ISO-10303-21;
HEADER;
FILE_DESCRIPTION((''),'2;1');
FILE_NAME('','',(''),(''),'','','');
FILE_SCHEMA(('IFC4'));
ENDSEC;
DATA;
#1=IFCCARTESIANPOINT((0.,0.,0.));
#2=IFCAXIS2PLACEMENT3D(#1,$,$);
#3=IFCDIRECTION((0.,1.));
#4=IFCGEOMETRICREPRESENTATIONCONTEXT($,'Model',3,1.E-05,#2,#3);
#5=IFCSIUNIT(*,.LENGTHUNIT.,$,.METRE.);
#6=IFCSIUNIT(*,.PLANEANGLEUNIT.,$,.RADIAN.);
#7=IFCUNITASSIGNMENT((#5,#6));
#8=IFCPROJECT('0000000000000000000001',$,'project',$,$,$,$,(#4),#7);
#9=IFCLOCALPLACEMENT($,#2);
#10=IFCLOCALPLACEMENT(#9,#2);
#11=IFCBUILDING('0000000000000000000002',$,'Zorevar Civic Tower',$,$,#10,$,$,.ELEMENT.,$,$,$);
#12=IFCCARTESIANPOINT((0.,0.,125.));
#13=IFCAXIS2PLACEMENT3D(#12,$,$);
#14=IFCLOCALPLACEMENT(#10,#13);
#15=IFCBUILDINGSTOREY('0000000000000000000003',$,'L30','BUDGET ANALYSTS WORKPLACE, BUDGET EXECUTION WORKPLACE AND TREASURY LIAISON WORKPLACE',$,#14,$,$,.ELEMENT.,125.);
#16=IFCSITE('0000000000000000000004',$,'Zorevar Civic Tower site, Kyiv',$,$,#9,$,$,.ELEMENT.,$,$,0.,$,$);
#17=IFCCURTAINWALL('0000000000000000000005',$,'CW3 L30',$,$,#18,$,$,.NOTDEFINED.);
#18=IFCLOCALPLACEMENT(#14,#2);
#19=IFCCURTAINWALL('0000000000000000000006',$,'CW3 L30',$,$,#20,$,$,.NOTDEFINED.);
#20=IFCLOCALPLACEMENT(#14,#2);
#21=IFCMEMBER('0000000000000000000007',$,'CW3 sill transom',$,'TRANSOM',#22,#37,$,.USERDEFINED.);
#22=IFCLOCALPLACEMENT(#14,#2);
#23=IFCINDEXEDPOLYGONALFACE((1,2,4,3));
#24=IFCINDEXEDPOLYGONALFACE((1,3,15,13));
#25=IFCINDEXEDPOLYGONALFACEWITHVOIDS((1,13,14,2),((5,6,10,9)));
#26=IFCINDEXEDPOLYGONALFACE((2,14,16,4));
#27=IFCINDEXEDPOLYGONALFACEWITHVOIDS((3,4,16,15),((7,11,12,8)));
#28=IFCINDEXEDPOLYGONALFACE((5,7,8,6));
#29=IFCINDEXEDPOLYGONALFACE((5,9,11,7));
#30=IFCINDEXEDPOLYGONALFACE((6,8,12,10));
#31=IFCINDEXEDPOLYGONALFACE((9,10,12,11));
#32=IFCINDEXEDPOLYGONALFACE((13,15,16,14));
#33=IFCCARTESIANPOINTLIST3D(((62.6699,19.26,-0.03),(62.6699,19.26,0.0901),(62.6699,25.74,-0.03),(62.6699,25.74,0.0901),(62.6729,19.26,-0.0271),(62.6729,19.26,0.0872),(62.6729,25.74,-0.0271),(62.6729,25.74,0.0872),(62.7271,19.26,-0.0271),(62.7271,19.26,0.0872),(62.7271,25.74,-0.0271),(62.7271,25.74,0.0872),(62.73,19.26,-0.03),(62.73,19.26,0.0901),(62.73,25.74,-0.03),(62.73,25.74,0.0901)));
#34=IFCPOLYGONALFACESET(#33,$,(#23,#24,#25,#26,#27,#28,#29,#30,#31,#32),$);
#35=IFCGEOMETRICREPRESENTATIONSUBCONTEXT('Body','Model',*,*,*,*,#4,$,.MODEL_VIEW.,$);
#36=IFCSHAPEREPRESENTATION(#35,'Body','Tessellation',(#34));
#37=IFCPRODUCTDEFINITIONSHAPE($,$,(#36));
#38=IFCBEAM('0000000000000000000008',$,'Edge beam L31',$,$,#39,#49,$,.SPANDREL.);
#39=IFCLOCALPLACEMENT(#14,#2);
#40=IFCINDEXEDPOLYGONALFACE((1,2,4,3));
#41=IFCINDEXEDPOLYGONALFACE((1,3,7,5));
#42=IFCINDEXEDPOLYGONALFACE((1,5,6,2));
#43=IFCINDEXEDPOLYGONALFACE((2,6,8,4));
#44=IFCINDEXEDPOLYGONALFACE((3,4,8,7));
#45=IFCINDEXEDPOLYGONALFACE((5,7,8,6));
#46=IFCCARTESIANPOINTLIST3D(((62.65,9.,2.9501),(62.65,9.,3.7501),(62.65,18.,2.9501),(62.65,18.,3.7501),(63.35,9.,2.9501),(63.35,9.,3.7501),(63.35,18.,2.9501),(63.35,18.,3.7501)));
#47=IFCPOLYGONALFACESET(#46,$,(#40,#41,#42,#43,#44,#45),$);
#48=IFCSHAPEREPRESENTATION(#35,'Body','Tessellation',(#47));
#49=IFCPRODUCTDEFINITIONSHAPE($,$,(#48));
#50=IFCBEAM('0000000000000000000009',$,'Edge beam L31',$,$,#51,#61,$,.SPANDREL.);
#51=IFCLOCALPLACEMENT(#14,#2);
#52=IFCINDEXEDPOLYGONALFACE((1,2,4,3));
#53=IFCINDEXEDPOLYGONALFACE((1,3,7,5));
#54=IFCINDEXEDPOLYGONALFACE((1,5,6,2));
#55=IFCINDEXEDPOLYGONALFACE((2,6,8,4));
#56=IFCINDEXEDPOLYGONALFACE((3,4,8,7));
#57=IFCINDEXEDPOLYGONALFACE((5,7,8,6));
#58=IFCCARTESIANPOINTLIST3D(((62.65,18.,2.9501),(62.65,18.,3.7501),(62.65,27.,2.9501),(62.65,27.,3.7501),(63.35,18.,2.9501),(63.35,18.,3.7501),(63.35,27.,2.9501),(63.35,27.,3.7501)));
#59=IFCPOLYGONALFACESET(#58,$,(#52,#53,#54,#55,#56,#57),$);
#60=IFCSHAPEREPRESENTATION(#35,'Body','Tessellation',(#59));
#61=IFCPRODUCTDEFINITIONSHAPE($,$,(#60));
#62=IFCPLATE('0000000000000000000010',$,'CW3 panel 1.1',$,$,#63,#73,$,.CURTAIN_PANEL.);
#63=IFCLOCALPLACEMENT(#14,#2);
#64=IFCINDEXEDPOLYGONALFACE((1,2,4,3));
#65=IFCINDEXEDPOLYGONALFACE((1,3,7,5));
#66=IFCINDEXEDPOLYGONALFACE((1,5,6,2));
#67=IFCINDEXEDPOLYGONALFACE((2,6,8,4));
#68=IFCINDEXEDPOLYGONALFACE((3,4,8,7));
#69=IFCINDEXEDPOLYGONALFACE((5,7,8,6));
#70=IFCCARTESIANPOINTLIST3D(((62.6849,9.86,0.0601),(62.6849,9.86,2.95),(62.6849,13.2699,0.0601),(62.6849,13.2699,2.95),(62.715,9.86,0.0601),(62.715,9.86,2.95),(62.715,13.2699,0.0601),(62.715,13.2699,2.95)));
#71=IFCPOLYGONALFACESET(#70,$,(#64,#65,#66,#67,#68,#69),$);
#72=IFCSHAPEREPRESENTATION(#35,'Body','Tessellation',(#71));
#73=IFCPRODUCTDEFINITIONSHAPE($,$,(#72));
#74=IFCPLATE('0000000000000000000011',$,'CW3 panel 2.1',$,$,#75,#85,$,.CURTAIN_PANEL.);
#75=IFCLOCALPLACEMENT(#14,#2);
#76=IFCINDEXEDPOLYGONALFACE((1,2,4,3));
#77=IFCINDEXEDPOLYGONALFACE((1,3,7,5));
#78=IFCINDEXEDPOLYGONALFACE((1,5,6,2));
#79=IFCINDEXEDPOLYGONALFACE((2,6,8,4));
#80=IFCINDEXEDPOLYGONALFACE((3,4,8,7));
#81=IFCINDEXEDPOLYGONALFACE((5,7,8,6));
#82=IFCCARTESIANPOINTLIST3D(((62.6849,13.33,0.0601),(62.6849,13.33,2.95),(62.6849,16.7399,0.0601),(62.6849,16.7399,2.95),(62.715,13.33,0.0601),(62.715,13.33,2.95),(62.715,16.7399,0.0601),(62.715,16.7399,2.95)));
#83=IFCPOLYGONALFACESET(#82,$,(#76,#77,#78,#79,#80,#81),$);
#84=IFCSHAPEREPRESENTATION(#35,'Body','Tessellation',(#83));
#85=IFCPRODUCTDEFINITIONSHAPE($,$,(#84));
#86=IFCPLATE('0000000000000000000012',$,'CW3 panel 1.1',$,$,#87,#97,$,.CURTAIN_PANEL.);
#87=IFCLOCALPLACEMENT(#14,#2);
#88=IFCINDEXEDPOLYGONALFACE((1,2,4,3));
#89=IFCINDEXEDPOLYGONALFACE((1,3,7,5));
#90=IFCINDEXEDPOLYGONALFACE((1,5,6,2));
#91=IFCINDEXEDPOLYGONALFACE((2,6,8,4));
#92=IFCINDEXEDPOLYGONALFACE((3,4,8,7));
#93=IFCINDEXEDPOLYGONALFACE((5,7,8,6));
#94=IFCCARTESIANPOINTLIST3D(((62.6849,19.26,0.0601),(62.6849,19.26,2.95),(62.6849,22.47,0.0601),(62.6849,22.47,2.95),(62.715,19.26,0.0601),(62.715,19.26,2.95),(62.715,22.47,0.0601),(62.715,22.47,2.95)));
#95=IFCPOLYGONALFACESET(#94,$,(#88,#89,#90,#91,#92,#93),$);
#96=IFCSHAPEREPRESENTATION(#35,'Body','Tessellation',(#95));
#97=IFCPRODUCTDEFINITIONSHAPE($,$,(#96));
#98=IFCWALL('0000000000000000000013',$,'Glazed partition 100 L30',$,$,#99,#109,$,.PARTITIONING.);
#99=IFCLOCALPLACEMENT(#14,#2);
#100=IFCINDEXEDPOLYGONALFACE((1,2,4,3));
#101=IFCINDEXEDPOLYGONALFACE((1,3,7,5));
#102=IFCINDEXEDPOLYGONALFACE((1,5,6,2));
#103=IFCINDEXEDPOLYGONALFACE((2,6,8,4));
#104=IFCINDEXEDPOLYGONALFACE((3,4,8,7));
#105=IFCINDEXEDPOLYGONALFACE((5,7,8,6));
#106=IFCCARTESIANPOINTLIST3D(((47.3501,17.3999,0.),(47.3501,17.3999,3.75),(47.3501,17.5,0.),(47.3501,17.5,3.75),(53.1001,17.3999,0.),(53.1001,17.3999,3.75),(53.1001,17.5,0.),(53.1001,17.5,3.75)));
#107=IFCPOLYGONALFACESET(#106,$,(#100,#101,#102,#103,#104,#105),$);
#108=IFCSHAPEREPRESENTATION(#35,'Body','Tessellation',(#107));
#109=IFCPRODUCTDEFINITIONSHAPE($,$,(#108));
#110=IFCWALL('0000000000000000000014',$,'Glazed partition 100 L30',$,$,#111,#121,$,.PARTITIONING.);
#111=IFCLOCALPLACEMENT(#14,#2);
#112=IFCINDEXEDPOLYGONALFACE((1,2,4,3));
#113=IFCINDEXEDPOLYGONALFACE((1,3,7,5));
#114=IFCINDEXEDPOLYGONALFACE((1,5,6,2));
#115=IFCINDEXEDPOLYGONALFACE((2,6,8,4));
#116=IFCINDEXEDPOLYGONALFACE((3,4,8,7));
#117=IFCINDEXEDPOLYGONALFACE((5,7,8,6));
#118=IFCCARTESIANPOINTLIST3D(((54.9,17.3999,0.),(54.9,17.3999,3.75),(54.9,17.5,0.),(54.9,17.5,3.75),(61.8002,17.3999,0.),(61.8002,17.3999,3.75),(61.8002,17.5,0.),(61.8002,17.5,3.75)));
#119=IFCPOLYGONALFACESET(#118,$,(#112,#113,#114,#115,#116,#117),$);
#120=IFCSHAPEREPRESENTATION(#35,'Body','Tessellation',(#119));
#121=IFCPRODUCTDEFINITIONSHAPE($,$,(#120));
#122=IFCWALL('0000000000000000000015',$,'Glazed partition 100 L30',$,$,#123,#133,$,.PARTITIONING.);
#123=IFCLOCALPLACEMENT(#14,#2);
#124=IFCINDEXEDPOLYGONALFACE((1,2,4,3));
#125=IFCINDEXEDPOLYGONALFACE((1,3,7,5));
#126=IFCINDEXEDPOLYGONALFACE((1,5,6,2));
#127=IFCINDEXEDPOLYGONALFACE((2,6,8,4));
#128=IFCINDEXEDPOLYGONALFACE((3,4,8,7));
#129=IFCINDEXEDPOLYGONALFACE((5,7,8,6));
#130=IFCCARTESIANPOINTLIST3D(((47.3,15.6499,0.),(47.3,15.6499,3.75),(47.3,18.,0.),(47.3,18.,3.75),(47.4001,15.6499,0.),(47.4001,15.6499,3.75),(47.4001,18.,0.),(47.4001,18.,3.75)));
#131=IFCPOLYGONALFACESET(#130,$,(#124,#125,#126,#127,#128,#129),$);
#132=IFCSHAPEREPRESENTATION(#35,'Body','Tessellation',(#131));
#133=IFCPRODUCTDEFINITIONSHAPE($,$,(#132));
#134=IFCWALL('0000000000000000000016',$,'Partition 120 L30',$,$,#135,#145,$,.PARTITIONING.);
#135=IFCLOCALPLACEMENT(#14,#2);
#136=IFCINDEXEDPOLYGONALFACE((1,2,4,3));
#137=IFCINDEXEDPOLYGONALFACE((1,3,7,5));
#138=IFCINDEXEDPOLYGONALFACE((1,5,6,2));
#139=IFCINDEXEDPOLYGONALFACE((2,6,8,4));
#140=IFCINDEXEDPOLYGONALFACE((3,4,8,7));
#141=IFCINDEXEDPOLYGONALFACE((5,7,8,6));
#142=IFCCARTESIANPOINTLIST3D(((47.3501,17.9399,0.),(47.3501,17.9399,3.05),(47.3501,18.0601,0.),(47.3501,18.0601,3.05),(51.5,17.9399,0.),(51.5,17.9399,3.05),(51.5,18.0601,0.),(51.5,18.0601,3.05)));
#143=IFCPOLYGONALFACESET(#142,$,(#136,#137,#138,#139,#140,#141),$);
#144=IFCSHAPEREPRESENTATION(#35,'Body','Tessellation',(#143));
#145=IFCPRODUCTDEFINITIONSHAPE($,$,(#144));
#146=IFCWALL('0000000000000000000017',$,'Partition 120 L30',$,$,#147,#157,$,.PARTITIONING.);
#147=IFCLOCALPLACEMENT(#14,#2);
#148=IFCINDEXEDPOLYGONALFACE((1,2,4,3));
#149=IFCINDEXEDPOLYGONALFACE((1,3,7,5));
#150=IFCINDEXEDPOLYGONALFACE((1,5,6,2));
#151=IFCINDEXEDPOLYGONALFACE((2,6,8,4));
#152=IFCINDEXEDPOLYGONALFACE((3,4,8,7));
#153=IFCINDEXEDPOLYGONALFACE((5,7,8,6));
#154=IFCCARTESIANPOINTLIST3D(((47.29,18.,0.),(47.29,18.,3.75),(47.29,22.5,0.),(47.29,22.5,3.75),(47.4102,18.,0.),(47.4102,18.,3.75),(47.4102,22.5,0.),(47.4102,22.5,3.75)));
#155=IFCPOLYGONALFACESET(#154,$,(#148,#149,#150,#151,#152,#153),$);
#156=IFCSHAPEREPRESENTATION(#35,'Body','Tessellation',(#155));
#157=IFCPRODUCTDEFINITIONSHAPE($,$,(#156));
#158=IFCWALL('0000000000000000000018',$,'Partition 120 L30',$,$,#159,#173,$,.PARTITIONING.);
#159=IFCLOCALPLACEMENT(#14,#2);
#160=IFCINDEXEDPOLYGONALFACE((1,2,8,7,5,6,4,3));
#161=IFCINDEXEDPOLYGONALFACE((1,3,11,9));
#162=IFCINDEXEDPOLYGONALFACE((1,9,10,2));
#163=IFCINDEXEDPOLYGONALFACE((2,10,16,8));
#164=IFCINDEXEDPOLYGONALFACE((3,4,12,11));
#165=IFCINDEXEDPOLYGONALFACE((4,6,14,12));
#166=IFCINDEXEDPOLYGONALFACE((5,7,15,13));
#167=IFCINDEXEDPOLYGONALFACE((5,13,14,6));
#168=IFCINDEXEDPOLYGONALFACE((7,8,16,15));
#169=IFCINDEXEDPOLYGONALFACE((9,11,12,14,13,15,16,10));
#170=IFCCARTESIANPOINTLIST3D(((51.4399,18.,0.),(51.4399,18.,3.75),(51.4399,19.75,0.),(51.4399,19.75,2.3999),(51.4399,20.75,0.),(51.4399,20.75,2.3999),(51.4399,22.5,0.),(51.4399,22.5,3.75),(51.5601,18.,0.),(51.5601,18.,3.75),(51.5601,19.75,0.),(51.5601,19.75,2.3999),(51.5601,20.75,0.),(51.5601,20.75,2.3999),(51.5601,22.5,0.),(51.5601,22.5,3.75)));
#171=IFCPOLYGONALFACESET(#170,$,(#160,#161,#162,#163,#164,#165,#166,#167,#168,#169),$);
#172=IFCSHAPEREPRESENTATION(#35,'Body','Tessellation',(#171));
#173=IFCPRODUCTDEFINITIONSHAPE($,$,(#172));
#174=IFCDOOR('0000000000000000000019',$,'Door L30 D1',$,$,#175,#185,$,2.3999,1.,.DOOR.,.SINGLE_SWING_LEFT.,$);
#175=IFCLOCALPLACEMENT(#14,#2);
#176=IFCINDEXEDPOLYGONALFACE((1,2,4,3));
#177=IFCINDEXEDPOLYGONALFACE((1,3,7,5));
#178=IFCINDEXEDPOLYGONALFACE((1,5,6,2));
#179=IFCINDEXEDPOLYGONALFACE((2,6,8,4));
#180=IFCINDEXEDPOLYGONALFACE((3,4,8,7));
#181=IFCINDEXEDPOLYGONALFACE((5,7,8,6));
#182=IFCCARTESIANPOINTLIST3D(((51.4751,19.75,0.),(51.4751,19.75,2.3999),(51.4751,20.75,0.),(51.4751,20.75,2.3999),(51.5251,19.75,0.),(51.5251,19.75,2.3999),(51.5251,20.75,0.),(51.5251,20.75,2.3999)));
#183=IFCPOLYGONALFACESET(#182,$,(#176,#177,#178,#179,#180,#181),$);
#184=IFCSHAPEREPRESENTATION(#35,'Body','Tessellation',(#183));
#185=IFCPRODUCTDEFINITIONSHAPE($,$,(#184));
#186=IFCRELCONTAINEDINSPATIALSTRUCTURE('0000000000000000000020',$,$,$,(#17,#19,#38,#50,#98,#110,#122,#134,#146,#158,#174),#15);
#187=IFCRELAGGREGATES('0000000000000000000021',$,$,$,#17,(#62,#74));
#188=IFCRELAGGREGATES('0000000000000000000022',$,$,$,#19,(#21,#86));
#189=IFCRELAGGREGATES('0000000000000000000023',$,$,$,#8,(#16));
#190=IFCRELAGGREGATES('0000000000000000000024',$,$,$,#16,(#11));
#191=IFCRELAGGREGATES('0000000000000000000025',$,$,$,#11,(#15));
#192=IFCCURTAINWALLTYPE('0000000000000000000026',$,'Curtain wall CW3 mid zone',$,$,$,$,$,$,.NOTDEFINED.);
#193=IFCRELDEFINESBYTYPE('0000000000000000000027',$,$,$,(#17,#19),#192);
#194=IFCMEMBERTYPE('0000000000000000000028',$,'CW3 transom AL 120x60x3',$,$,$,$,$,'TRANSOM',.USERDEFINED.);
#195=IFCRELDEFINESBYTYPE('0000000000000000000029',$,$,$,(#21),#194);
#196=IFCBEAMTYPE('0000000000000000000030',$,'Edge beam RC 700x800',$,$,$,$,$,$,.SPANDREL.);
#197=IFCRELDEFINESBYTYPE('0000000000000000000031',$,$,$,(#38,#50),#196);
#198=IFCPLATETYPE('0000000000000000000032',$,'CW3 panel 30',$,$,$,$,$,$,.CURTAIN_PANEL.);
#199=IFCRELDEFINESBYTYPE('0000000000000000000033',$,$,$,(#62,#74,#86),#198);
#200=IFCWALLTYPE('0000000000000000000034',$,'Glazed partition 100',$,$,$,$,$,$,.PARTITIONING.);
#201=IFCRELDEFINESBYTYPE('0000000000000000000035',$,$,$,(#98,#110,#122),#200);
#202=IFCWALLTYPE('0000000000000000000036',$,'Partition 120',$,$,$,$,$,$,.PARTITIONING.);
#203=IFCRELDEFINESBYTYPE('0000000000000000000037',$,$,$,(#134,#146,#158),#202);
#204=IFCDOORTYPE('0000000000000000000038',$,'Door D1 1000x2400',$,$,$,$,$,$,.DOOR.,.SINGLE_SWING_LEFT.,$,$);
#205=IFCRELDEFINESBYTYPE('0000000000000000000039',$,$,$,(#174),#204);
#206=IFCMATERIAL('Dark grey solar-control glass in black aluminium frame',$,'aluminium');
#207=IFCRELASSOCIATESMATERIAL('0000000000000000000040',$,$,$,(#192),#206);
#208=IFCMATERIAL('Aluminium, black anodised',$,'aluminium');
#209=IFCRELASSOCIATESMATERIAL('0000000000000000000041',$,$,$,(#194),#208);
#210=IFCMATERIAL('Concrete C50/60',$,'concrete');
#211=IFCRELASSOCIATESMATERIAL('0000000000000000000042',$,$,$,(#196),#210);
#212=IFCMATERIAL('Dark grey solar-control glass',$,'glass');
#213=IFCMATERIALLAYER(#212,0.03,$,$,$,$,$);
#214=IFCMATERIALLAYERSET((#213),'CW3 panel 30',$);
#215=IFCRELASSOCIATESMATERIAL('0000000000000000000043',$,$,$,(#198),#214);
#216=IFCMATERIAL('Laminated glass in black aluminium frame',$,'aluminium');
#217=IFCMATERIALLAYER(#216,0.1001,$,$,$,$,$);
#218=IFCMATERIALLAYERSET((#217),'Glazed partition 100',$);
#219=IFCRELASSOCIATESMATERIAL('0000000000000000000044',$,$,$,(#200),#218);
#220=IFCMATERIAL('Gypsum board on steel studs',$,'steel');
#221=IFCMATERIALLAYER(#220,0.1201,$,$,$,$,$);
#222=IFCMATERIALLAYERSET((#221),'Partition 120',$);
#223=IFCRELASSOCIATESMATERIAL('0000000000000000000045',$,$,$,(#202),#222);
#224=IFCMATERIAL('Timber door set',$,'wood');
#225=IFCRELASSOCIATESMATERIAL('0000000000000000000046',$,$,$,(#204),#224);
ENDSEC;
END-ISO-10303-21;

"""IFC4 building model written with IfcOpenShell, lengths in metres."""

from ifc_helpers import new_model, si_unit, direction, frame, frame_2d, origin, origin_2d, place, context, subcontext, project, spatial, rectangle, hollow_rectangle, extrude, material, layer, layer_set, material_profile, profile_set, type_object, element, fill, aggregate, save


model = new_model("IFC4")

# Units and contexts
model_context = context("Model", 3, precision=1e-05, world=origin(), true_north=direction((0.0, 1.0)))
body_context = subcontext(model_context, "Body", "Model", "MODEL_VIEW")
ifc_project = project(units=[si_unit("LENGTHUNIT", "METRE"), si_unit("PLANEANGLEUNIT", "RADIAN")], contexts=[model_context])

# Site, building, storey
site_placement = place(None, origin())
site = spatial("IfcSite", under=ifc_project, at=site_placement, Name="Zorevar Civic Tower site, Kyiv", CompositionType="ELEMENT", RefElevation=0.0)
building_placement = place(site_placement, origin())
building = spatial("IfcBuilding", under=site, at=building_placement, Name="Zorevar Civic Tower", CompositionType="ELEMENT")
storey_placement = place(building_placement, frame((0.0, 0.0, 125.0)))
storey = spatial("IfcBuildingStorey", under=building, at=storey_placement, Name="L30", Description="BUDGET ANALYSTS WORKPLACE, BUDGET EXECUTION WORKPLACE AND TREASURY LIAISON WORKPLACE", CompositionType="ELEMENT", Elevation=125.0)

# Curtain wall
ifc_material_1 = material(Name="Dark grey solar-control glass in black aluminium frame", Category="aluminium")
curtain_wall_type = type_object("IfcCurtainWallType", Name="Curtain wall CW3 mid zone", PredefinedType="NOTDEFINED", material=ifc_material_1)
curtain_wall_1_placement = place(storey_placement, origin())
curtain_wall_1 = element("IfcCurtainWall", 1, at=curtain_wall_1_placement, inside=storey, type_object=curtain_wall_type, Name="CW3 L30", PredefinedType="NOTDEFINED")

# Curtain wall
curtain_wall_2_placement = place(storey_placement, origin())
curtain_wall_2 = element("IfcCurtainWall", 2, at=curtain_wall_2_placement, inside=storey, type_object=curtain_wall_type, Name="CW3 L30", PredefinedType="NOTDEFINED")

# Member
ifc_material_2 = material(Name="Aluminium, black anodised", Category="aluminium")
ifc_material_profile_1 = material_profile(ifc_material_2, hollow_rectangle(XDim=0.0601, YDim=0.1201, WallThickness=0.0029, at=origin_2d()), Name="AL 120x60x3")
ifc_profile_set_1 = profile_set([ifc_material_profile_1], Name="Aluminium, black anodised")
member_type_1 = type_object("IfcMemberType", Name="CW3 transom AL 120x60x3", ElementType="TRANSOM", PredefinedType="USERDEFINED", material=ifc_profile_set_1)
member_1_placement = place(storey_placement, frame((62.7, 19.26, 0.03), z_axis=(0.0, 1.0, 0.0), x_axis=(-1.0, 0.0, 0.0)))
member_1 = element("IfcMember", 3, at=member_1_placement, type_object=member_type_1, Name="CW3 sill transom", ObjectType="TRANSOM", PredefinedType="USERDEFINED", context=body_context, shape_type="SweptSolid", body=[
    extrude(hollow_rectangle(XDim=0.0601, YDim=0.1201, WallThickness=0.0029, at=origin_2d()), origin(), (0.0, 0.0, 1.0), 6.48),
])

# Beams
ifc_material_3 = material(Name="Concrete C50/60", Category="concrete")
ifc_material_profile_2 = material_profile(ifc_material_3, rectangle(XDim=0.7, YDim=0.8, at=origin_2d()), Name="RC 700x800")
ifc_profile_set_2 = profile_set([ifc_material_profile_2], Name="Concrete C50/60")
beam_type_1 = type_object("IfcBeamType", Name="Edge beam RC 700x800", PredefinedType="SPANDREL", material=ifc_profile_set_2)
for number, where, z_axis, x_axis, name in (
    (4, (63.0, 9.0, 3.3501), (0.0, 1.0, 0.0), (-1.0, 0.0, 0.0), "Edge beam L31"),
    (5, (63.0, 18.0, 3.3501), (0.0, 1.0, 0.0), (-1.0, 0.0, 0.0), "Edge beam L31"),
):
    element("IfcBeam", number, at=place(storey_placement, frame(where, z_axis=z_axis, x_axis=x_axis)), inside=storey, type_object=beam_type_1, Name=name, PredefinedType="SPANDREL", context=body_context, shape_type="SweptSolid", body=[
        extrude(rectangle(XDim=0.7, YDim=0.8, at=origin_2d()), origin(), (0.0, 0.0, 1.0), 9.0),
    ])

# Plates
ifc_material_4 = material(Name="Dark grey solar-control glass", Category="glass")
ifc_layer_1 = layer(ifc_material_4, 0.03)
ifc_layer_set_1 = layer_set([ifc_layer_1], Name="CW3 panel 30")
plate_type = type_object("IfcPlateType", Name="CW3 panel 30", PredefinedType="CURTAIN_PANEL", material=ifc_layer_set_1)
plate_1_placement = place(storey_placement, frame((62.7, 11.5649, 0.0601), z_axis=(0.0, 0.0, 1.0), x_axis=(0.0, 1.0, 0.0)))
plate_1 = element("IfcPlate", 6, at=plate_1_placement, type_object=plate_type, Name="CW3 panel 1.1", PredefinedType="CURTAIN_PANEL", context=body_context, shape_type="SweptSolid", body=[
    extrude(rectangle(XDim=3.4099, YDim=0.03, at=origin_2d()), origin(), (0.0, 0.0, 1.0), 2.8899),
])
plate_2_placement = place(storey_placement, frame((62.7, 15.0349, 0.0601), z_axis=(0.0, 0.0, 1.0), x_axis=(0.0, 1.0, 0.0)))
plate_2 = element("IfcPlate", 7, at=plate_2_placement, type_object=plate_type, Name="CW3 panel 2.1", PredefinedType="CURTAIN_PANEL", context=body_context, shape_type="SweptSolid", body=[
    extrude(rectangle(XDim=3.4099, YDim=0.03, at=origin_2d()), origin(), (0.0, 0.0, 1.0), 2.8899),
])
aggregate(curtain_wall_1, [plate_1, plate_2])
plate_3_placement = place(storey_placement, frame((62.7, 20.865, 0.0601), z_axis=(0.0, 0.0, 1.0), x_axis=(0.0, 1.0, 0.0)))
plate_3 = element("IfcPlate", 8, at=plate_3_placement, type_object=plate_type, Name="CW3 panel 1.1", PredefinedType="CURTAIN_PANEL", context=body_context, shape_type="SweptSolid", body=[
    extrude(rectangle(XDim=3.21, YDim=0.03, at=origin_2d()), origin(), (0.0, 0.0, 1.0), 2.8899),
])
aggregate(curtain_wall_2, [member_1, plate_3])

# Walls
ifc_material_5 = material(Name="Laminated glass in black aluminium frame", Category="aluminium")
ifc_layer_2 = layer(ifc_material_5, 0.1001)
ifc_layer_set_2 = layer_set([ifc_layer_2], Name="Glazed partition 100")
wall_type_1 = type_object("IfcWallType", Name="Glazed partition 100", PredefinedType="PARTITIONING", material=ifc_layer_set_2)
wall_1_placement = place(storey_placement, frame((47.3501, 17.45, 0.0), z_axis=(0.0, 0.0, 1.0), x_axis=(1.0, 0.0, 0.0)))
element("IfcWall", 9, at=wall_1_placement, inside=storey, type_object=wall_type_1, Name="Glazed partition 100 L30", PredefinedType="PARTITIONING", context=body_context, shape_type="SweptSolid", body=[
    extrude(rectangle(XDim=5.75, YDim=0.1001, at=frame_2d((2.875, 0.0))), origin(), (0.0, 0.0, 1.0), 3.75),
])
wall_2_placement = place(storey_placement, frame((54.8999, 17.45, 0.0), z_axis=(0.0, 0.0, 1.0), x_axis=(1.0, 0.0, 0.0)))
element("IfcWall", 10, at=wall_2_placement, inside=storey, type_object=wall_type_1, Name="Glazed partition 100 L30", PredefinedType="PARTITIONING", context=body_context, shape_type="SweptSolid", body=[
    extrude(rectangle(XDim=6.9001, YDim=0.1001, at=frame_2d((3.4502, 0.0))), origin(), (0.0, 0.0, 1.0), 3.75),
])
wall_3_placement = place(storey_placement, frame((47.3501, 15.6499, 0.0), z_axis=(0.0, 0.0, 1.0), x_axis=(0.0, 1.0, 0.0)))
element("IfcWall", 11, at=wall_3_placement, inside=storey, type_object=wall_type_1, Name="Glazed partition 100 L30", PredefinedType="PARTITIONING", context=body_context, shape_type="SweptSolid", body=[
    extrude(rectangle(XDim=2.3501, YDim=0.1001, at=frame_2d((1.175, 0.0))), origin(), (0.0, 0.0, 1.0), 3.75),
])
ifc_material_6 = material(Name="Gypsum board on steel studs", Category="steel")
ifc_layer_3 = layer(ifc_material_6, 0.1201)
ifc_layer_set_3 = layer_set([ifc_layer_3], Name="Partition 120")
wall_type_2 = type_object("IfcWallType", Name="Partition 120", PredefinedType="PARTITIONING", material=ifc_layer_set_3)
wall_4_placement = place(storey_placement, frame((47.3501, 18.0, 0.0), z_axis=(0.0, 0.0, 1.0), x_axis=(1.0, 0.0, 0.0)))
element("IfcWall", 12, at=wall_4_placement, inside=storey, type_object=wall_type_2, Name="Partition 120 L30", PredefinedType="PARTITIONING", context=body_context, shape_type="SweptSolid", body=[
    extrude(rectangle(XDim=4.1499, YDim=0.1201, at=frame_2d((2.075, 0.0))), origin(), (0.0, 0.0, 1.0), 3.05),
])
wall_5_placement = place(storey_placement, frame((47.3501, 18.0, 0.0), z_axis=(0.0, 0.0, 1.0), x_axis=(0.0, 1.0, 0.0)))
element("IfcWall", 13, at=wall_5_placement, inside=storey, type_object=wall_type_2, Name="Partition 120 L30", PredefinedType="PARTITIONING", context=body_context, shape_type="SweptSolid", body=[
    extrude(rectangle(XDim=4.5, YDim=0.1201, at=frame_2d((2.25, 0.0))), origin(), (0.0, 0.0, 1.0), 3.75),
])

# Wall, opening, door
wall_6_placement = place(storey_placement, frame((51.5, 18.0, 0.0), z_axis=(0.0, 0.0, 1.0), x_axis=(0.0, 1.0, 0.0)))
wall_6 = element("IfcWall", 14, at=wall_6_placement, inside=storey, type_object=wall_type_2, Name="Partition 120 L30", PredefinedType="PARTITIONING", context=body_context, shape_type="SweptSolid", body=[
    extrude(rectangle(XDim=4.5, YDim=0.1201, at=frame_2d((2.25, 0.0))), origin(), (0.0, 0.0, 1.0), 3.75),
])
opening_placement = place(wall_6_placement, frame((1.75, 0.0, 0.0)))
opening = element("IfcOpeningElement", 15, at=opening_placement, cuts=wall_6, PredefinedType="OPENING", context=body_context, shape_type="SweptSolid", body=[
    extrude(rectangle(XDim=1.0, YDim=2.3999, at=frame_2d((0.5, 1.2))), frame((0.0, 0.0701, 0.0), z_axis=(0.0, -1.0, 0.0), x_axis=(1.0, 0.0, 0.0)), (0.0, 0.0, 1.0), 0.1401),
])
ifc_material_7 = material(Name="Timber door set", Category="wood")
door_type = type_object("IfcDoorType", Name="Door D1 1000x2400", OperationType="SINGLE_SWING_LEFT", PredefinedType="DOOR", material=ifc_material_7)
door_placement = place(opening_placement, origin())
door = element("IfcDoor", 16, at=door_placement, inside=storey, type_object=door_type, Name="Door L30 D1", OperationType="SINGLE_SWING_LEFT", OverallHeight=2.3999, OverallWidth=1.0, PredefinedType="DOOR", context=body_context, shape_type="SweptSolid", body=[
    extrude(rectangle(XDim=1.0, YDim=2.3999, at=frame_2d((0.5, 1.2))), frame((0.0, 0.0249, 0.0), z_axis=(0.0, -1.0, 0.0), x_axis=(1.0, 0.0, 0.0)), (0.0, 0.0, 1.0), 0.05),
])
fill(opening, door)

save(model, "model.ifc")
